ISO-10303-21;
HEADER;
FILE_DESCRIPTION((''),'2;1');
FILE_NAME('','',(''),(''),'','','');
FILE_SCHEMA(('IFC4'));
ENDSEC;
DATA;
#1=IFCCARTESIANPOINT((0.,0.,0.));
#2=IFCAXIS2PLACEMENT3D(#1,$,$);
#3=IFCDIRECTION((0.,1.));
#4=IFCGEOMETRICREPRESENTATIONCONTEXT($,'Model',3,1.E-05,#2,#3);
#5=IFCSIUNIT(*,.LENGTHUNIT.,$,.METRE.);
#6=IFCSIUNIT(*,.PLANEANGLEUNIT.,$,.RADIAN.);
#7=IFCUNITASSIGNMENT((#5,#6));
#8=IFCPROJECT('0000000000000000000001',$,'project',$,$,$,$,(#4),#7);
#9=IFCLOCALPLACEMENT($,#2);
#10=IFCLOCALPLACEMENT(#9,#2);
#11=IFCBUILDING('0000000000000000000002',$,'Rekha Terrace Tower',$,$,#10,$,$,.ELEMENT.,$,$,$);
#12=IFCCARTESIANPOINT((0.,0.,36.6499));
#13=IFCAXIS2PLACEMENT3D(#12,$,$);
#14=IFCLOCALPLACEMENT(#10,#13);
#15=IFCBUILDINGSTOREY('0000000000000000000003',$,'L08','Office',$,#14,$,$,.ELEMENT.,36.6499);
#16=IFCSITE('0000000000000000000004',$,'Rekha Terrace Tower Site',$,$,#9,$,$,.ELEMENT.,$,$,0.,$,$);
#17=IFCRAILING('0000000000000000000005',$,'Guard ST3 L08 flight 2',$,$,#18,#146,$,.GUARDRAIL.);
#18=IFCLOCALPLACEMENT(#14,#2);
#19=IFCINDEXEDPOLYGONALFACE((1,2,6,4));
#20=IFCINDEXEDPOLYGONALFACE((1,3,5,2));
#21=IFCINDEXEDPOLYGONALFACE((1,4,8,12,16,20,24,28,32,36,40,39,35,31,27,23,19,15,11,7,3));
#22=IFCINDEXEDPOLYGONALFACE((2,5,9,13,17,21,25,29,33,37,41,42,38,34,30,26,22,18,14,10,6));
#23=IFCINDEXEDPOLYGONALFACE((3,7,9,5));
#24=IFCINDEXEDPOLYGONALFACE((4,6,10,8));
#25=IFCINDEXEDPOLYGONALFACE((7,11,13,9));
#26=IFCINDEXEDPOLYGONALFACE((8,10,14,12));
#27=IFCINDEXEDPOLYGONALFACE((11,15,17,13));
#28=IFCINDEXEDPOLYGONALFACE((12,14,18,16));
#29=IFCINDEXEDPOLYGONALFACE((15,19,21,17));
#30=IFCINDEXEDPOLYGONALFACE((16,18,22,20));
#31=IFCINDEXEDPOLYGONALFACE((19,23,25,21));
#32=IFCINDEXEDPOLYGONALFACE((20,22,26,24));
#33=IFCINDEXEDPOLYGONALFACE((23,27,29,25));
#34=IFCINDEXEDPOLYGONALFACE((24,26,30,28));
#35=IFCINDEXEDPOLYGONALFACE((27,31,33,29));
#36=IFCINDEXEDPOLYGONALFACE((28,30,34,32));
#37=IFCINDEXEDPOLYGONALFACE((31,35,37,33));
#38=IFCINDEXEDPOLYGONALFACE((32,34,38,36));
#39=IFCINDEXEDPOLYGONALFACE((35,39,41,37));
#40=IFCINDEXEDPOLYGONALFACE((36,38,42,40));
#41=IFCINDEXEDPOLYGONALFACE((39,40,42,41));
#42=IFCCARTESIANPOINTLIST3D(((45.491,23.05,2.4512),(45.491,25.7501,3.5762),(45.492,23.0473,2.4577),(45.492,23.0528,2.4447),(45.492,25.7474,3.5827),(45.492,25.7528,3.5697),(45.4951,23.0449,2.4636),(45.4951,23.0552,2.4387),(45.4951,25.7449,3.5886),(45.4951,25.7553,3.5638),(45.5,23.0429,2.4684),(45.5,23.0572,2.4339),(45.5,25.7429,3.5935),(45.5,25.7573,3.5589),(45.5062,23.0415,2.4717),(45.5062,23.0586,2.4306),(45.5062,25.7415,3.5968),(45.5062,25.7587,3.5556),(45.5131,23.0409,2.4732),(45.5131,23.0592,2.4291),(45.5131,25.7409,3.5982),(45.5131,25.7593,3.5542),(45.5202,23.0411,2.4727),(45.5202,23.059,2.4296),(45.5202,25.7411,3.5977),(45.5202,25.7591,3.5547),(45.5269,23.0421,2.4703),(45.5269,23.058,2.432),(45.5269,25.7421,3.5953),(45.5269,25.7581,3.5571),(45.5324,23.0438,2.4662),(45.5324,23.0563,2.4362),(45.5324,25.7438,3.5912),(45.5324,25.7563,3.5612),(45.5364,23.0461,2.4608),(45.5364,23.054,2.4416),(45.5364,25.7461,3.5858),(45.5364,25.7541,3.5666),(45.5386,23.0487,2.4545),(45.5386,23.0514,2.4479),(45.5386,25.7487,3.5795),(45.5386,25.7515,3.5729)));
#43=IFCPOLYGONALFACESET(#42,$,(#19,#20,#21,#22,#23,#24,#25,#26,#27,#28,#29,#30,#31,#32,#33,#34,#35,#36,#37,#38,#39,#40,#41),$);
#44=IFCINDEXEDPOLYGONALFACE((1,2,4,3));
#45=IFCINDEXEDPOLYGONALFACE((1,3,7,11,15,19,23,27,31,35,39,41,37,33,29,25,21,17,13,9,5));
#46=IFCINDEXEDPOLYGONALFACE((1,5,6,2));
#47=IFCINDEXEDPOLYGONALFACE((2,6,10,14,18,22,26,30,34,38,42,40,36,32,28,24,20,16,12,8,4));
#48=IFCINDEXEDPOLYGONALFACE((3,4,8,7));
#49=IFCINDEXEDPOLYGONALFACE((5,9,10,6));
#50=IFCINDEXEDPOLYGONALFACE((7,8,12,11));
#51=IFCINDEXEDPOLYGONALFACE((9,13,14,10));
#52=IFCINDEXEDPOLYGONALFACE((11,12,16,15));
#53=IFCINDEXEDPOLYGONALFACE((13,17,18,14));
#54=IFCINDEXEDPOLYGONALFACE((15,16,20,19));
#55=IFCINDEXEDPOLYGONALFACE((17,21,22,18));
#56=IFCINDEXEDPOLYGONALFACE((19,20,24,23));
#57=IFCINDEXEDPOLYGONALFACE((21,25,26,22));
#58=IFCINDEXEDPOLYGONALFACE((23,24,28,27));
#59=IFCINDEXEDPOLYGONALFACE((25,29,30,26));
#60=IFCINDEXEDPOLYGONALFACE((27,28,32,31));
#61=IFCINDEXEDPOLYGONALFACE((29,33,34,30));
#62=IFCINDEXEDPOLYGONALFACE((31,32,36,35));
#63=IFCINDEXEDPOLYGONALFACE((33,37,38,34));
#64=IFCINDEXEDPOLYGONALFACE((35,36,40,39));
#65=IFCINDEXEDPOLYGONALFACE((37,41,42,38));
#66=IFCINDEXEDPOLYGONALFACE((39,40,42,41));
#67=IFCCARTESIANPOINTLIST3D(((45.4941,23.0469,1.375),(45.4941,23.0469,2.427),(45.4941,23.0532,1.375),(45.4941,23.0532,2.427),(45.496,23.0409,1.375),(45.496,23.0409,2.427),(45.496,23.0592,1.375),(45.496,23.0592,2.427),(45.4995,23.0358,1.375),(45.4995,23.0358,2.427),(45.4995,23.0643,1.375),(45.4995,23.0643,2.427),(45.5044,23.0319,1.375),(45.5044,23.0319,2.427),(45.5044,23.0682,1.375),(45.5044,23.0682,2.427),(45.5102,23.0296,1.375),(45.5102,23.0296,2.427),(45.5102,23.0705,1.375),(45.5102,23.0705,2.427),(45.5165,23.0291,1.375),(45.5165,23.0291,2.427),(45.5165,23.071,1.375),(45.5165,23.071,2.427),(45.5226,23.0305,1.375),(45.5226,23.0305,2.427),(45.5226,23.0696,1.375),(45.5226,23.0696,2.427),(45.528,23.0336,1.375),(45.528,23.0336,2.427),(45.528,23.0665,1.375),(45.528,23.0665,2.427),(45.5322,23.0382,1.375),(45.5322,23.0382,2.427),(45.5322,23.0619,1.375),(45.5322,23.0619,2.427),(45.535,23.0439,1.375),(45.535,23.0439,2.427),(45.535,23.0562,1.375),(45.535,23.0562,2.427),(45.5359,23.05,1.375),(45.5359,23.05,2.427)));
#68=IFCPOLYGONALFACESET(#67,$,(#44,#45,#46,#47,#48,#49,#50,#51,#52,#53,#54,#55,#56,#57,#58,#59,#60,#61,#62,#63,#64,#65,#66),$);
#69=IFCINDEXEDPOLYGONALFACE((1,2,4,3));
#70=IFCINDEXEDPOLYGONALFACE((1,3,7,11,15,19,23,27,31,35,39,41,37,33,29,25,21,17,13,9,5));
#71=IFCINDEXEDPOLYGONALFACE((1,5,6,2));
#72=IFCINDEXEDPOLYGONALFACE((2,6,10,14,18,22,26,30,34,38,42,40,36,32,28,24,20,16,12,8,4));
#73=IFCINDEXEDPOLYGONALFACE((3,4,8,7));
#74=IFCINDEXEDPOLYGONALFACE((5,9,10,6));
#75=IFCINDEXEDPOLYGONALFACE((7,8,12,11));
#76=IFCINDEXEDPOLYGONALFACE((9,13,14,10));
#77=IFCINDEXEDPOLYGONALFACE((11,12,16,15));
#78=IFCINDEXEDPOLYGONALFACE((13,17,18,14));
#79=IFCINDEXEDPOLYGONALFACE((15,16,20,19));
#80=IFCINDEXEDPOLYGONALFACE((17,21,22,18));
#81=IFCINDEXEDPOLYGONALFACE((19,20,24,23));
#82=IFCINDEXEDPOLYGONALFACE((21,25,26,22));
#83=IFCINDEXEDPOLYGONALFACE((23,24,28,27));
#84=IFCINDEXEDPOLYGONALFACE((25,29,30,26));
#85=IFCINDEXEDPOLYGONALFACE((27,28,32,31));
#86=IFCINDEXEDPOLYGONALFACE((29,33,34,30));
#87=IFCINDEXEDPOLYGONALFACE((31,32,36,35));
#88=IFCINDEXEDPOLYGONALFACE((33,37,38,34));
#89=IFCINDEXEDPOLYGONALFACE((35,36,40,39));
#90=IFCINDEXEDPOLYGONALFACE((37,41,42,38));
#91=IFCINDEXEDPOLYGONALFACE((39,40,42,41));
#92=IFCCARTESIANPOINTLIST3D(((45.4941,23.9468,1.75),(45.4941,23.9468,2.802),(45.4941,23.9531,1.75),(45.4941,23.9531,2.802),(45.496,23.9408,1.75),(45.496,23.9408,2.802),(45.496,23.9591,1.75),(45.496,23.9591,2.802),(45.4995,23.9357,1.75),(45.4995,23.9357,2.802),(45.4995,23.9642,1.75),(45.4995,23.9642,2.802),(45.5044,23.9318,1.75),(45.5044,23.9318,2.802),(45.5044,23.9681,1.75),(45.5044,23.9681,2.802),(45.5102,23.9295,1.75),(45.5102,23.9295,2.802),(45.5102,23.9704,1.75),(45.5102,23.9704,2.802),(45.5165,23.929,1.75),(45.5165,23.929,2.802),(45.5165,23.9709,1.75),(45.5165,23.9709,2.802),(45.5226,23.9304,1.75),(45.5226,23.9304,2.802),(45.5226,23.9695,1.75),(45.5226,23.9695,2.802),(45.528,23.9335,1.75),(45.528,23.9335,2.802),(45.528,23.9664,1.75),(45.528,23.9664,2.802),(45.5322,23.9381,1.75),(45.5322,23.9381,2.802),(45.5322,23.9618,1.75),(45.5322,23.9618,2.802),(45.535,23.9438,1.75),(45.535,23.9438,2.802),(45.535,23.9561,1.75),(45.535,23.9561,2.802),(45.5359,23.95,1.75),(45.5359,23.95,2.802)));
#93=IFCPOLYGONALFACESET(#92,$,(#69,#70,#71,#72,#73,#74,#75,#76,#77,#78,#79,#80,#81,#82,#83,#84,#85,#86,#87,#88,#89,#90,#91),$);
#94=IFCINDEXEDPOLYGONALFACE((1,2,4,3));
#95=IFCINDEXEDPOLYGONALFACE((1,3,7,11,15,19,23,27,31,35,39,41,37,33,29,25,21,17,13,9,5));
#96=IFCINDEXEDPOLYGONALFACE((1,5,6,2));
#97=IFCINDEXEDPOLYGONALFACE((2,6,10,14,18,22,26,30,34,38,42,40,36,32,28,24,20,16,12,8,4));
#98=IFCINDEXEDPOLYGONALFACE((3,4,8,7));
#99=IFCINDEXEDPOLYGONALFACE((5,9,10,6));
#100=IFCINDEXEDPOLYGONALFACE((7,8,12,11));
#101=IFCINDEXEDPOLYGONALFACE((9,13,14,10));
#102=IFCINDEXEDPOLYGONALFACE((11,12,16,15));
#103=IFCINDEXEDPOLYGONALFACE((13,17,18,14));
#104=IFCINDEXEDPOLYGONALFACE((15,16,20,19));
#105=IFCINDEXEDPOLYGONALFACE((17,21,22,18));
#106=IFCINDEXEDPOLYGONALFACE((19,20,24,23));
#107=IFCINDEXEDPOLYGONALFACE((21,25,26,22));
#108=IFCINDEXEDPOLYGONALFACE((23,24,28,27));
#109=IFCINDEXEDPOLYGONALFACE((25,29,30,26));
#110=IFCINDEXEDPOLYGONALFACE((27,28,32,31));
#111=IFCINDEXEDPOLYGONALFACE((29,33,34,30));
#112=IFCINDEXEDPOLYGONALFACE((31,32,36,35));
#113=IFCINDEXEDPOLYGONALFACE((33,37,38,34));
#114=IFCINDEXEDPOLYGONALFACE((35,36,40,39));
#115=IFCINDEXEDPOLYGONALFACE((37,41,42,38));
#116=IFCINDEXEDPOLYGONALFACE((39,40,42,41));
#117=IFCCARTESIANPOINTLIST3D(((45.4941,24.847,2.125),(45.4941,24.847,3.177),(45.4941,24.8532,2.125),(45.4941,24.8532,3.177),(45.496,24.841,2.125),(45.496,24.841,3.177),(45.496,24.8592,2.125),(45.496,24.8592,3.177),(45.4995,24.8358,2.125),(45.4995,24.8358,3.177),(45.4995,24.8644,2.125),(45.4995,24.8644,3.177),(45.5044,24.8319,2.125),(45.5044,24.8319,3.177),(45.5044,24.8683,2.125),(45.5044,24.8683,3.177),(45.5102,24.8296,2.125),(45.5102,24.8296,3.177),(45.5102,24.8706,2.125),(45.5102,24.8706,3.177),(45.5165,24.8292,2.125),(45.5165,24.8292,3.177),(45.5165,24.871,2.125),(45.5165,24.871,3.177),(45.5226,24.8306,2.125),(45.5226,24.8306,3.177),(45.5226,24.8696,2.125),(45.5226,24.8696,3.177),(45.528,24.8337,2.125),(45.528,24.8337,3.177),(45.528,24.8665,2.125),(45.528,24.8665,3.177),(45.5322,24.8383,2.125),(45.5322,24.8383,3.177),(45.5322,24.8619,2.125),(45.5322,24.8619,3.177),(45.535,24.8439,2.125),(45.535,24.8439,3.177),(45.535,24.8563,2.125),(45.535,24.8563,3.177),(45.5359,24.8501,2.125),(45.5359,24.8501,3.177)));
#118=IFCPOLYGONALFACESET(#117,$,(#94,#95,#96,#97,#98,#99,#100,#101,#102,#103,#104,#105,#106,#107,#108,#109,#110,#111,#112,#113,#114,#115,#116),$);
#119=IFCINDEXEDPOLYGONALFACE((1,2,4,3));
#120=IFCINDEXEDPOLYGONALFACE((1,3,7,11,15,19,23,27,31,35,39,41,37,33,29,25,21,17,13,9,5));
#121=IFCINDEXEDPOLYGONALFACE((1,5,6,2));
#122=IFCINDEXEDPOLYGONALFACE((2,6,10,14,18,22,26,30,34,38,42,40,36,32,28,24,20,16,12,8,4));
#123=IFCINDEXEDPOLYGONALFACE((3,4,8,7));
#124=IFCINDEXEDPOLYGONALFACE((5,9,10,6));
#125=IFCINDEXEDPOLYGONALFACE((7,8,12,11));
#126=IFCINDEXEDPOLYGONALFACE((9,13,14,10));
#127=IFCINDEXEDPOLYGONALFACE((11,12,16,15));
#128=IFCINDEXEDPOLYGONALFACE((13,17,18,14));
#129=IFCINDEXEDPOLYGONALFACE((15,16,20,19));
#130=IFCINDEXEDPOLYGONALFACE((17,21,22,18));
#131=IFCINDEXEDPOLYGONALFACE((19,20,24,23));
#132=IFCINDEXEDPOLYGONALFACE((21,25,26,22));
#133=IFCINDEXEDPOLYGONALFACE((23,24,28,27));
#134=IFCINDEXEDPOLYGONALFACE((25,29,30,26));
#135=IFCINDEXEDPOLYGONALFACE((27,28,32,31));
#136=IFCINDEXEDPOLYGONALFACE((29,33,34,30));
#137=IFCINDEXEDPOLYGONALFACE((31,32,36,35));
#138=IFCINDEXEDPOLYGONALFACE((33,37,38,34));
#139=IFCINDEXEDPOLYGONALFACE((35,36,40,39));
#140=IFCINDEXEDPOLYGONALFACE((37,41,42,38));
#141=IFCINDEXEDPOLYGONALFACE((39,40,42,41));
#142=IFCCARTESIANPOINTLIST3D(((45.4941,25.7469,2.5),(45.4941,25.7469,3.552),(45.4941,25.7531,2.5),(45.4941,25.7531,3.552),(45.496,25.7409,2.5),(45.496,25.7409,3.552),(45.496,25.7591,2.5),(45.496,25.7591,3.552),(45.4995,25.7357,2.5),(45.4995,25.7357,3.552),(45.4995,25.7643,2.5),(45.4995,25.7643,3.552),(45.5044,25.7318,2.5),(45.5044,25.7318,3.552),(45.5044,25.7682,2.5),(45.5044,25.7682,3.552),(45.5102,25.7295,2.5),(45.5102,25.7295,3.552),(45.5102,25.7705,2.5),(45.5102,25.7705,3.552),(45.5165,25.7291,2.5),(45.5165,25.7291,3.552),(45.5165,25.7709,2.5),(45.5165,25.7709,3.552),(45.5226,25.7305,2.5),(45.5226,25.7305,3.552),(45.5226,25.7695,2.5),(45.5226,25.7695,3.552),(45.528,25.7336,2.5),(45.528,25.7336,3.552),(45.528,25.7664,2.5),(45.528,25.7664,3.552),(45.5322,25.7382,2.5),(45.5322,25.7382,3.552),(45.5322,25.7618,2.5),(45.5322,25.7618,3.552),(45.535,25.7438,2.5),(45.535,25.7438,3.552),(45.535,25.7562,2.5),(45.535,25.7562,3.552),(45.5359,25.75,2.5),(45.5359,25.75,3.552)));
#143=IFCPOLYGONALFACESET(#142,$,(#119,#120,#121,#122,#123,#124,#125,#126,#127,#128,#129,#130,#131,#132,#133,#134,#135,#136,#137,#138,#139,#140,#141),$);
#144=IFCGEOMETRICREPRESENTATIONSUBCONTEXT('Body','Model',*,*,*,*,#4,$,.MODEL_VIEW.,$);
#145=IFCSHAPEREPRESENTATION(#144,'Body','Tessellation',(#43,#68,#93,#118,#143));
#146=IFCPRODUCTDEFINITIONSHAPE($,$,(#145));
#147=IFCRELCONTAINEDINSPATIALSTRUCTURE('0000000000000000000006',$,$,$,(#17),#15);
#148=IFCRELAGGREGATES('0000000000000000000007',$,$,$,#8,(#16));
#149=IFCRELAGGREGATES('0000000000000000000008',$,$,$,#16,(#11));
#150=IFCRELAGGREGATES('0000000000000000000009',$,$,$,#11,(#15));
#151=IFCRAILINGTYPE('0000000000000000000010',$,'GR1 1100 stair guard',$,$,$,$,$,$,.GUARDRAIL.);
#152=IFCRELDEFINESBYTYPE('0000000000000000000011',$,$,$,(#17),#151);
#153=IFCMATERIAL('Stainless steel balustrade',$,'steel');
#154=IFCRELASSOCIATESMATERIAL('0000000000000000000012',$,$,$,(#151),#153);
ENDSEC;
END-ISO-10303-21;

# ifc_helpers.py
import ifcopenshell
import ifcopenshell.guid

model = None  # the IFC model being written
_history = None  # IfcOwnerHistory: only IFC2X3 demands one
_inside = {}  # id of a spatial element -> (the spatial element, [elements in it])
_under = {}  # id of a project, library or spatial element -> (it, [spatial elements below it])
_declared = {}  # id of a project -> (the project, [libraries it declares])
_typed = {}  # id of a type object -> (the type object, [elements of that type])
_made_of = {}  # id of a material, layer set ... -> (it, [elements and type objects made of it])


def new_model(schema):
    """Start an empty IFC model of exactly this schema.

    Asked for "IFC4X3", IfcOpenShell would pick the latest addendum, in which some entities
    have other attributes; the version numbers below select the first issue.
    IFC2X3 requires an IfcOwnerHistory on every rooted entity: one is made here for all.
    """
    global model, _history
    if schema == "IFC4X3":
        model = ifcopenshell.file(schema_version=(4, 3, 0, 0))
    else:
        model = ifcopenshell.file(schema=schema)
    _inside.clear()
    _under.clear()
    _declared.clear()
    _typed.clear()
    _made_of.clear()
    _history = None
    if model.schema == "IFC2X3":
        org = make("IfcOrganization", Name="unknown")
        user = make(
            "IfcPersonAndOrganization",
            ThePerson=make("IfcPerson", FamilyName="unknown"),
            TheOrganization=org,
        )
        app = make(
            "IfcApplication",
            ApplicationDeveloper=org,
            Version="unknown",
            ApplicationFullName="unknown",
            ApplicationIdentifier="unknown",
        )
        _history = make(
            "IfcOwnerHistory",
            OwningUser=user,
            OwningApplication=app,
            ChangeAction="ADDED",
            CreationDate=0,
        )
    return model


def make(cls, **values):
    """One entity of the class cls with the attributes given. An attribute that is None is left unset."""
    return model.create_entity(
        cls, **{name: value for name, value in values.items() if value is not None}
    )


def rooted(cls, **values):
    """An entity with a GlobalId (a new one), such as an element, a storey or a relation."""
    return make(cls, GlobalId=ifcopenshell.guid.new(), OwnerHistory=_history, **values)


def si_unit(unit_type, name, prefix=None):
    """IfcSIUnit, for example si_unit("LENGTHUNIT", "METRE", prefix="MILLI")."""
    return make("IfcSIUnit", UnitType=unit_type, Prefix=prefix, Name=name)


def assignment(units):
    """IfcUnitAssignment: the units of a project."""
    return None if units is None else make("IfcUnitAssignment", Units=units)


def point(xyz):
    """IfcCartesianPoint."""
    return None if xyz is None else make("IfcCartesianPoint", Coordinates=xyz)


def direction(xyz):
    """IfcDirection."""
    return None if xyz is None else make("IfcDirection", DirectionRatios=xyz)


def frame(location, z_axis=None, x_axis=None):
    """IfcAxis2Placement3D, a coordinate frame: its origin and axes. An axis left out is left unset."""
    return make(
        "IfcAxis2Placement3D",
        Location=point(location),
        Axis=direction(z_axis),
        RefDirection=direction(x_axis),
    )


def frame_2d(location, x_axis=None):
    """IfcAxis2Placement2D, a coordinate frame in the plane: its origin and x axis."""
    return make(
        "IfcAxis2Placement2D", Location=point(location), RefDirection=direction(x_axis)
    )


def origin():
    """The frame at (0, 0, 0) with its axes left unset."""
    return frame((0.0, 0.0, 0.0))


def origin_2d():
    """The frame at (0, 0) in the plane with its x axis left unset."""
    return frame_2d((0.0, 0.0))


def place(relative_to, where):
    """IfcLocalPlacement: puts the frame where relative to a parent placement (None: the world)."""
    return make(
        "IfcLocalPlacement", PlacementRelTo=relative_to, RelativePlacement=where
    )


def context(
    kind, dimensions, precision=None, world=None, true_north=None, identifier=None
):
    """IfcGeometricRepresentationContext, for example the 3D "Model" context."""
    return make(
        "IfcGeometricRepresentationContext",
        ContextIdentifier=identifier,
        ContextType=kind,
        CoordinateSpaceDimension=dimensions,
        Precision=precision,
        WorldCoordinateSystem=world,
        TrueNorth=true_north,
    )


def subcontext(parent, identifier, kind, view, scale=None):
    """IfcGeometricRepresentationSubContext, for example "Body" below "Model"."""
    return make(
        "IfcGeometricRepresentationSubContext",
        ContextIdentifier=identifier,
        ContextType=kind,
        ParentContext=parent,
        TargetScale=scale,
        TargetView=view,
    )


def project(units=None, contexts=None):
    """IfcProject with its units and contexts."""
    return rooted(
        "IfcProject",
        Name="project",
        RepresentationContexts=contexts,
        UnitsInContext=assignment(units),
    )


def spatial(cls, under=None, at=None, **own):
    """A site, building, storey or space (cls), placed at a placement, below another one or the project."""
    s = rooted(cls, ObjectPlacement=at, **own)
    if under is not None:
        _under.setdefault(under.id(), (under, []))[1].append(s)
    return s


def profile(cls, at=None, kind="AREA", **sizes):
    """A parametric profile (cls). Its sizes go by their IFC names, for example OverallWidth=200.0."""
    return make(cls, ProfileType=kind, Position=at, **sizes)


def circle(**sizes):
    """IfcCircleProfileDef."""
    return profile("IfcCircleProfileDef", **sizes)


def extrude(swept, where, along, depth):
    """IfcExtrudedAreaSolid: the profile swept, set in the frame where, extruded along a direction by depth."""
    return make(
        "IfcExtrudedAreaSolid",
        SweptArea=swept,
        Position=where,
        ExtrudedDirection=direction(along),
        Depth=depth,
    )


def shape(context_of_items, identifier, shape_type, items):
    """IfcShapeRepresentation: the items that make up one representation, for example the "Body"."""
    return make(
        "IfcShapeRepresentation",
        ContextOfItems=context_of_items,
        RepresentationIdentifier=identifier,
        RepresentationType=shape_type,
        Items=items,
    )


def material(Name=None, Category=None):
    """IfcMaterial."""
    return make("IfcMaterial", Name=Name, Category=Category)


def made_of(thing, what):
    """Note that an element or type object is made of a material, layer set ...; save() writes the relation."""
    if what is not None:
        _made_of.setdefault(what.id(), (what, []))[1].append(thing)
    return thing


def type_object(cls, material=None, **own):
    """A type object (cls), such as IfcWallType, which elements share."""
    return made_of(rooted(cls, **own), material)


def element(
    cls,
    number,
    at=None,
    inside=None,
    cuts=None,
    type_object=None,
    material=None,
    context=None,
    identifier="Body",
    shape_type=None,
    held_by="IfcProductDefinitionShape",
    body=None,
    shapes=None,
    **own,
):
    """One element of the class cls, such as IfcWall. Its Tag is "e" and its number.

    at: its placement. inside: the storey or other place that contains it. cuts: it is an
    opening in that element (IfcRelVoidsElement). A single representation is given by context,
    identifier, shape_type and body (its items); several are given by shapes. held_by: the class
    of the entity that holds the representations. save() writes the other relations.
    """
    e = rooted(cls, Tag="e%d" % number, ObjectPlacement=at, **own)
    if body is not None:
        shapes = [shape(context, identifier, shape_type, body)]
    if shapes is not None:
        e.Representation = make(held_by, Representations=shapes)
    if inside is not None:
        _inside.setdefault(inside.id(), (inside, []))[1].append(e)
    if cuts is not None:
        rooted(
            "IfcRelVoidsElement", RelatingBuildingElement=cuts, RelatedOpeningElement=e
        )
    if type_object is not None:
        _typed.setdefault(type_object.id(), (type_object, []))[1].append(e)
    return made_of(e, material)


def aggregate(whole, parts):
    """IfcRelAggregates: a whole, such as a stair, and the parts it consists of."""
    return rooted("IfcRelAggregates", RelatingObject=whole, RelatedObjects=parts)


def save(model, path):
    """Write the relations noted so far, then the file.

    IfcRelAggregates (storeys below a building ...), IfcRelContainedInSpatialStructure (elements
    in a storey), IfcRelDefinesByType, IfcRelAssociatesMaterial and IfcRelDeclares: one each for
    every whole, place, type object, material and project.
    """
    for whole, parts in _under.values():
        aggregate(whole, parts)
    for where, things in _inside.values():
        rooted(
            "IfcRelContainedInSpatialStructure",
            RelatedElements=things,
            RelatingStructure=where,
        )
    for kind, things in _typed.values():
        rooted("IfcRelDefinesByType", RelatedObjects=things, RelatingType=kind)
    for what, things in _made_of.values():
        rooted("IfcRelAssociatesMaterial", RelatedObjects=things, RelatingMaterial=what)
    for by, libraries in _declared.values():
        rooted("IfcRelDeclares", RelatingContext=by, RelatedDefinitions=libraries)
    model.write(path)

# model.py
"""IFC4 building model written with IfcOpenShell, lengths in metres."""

from ifc_helpers import new_model, si_unit, direction, frame, origin, origin_2d, place, context, subcontext, project, spatial, circle, extrude, material, type_object, element, save


model = new_model("IFC4")

# Units and contexts
model_context = context("Model", 3, precision=1e-05, world=origin(), true_north=direction((0.0, 1.0)))
body_context = subcontext(model_context, "Body", "Model", "MODEL_VIEW")
ifc_project = project(units=[si_unit("LENGTHUNIT", "METRE"), si_unit("PLANEANGLEUNIT", "RADIAN")], contexts=[model_context])

# Site, building, storey
site_placement = place(None, origin())
site = spatial("IfcSite", under=ifc_project, at=site_placement, Name="Rekha Terrace Tower Site", CompositionType="ELEMENT", RefElevation=0.0)
building_placement = place(site_placement, origin())
building = spatial("IfcBuilding", under=site, at=building_placement, Name="Rekha Terrace Tower", CompositionType="ELEMENT")
storey_placement = place(building_placement, frame((0.0, 0.0, 36.6499)))
storey = spatial("IfcBuildingStorey", under=building, at=storey_placement, Name="L08", Description="Office", CompositionType="ELEMENT", Elevation=36.6499)

# Railing
ifc_material_1 = material(Name="Stainless steel balustrade", Category="steel")
railing_type_1 = type_object("IfcRailingType", Name="GR1 1100 stair guard", PredefinedType="GUARDRAIL", material=ifc_material_1)
railing_1_placement = place(storey_placement, frame((45.5149, 23.05, 1.375)))
element("IfcRailing", 1, at=railing_1_placement, inside=storey, type_object=railing_type_1, Name="Guard ST3 L08 flight 2", PredefinedType="GUARDRAIL", context=body_context, shape_type="SweptSolid", body=[
    extrude(circle(Radius=0.0239, at=origin_2d()), frame((0.0, 0.0, 1.0762), z_axis=(0.0, 0.923074, 0.384621), x_axis=(-1.0, 0.0, 0.0)), (0.0, 0.0, 1.0), 2.925),
    extrude(circle(Radius=0.021, at=origin_2d()), origin(), (0.0, 0.0, 1.0), 1.052),
    extrude(circle(Radius=0.021, at=origin_2d()), frame((0.0, 0.8999, 0.375)), (0.0, 0.0, 1.0), 1.052),
    extrude(circle(Radius=0.021, at=origin_2d()), frame((0.0, 1.8, 0.75)), (0.0, 0.0, 1.0), 1.052),
    extrude(circle(Radius=0.021, at=origin_2d()), frame((0.0, 2.7, 1.125)), (0.0, 0.0, 1.0), 1.052),
])

save(model, "model.ifc")
